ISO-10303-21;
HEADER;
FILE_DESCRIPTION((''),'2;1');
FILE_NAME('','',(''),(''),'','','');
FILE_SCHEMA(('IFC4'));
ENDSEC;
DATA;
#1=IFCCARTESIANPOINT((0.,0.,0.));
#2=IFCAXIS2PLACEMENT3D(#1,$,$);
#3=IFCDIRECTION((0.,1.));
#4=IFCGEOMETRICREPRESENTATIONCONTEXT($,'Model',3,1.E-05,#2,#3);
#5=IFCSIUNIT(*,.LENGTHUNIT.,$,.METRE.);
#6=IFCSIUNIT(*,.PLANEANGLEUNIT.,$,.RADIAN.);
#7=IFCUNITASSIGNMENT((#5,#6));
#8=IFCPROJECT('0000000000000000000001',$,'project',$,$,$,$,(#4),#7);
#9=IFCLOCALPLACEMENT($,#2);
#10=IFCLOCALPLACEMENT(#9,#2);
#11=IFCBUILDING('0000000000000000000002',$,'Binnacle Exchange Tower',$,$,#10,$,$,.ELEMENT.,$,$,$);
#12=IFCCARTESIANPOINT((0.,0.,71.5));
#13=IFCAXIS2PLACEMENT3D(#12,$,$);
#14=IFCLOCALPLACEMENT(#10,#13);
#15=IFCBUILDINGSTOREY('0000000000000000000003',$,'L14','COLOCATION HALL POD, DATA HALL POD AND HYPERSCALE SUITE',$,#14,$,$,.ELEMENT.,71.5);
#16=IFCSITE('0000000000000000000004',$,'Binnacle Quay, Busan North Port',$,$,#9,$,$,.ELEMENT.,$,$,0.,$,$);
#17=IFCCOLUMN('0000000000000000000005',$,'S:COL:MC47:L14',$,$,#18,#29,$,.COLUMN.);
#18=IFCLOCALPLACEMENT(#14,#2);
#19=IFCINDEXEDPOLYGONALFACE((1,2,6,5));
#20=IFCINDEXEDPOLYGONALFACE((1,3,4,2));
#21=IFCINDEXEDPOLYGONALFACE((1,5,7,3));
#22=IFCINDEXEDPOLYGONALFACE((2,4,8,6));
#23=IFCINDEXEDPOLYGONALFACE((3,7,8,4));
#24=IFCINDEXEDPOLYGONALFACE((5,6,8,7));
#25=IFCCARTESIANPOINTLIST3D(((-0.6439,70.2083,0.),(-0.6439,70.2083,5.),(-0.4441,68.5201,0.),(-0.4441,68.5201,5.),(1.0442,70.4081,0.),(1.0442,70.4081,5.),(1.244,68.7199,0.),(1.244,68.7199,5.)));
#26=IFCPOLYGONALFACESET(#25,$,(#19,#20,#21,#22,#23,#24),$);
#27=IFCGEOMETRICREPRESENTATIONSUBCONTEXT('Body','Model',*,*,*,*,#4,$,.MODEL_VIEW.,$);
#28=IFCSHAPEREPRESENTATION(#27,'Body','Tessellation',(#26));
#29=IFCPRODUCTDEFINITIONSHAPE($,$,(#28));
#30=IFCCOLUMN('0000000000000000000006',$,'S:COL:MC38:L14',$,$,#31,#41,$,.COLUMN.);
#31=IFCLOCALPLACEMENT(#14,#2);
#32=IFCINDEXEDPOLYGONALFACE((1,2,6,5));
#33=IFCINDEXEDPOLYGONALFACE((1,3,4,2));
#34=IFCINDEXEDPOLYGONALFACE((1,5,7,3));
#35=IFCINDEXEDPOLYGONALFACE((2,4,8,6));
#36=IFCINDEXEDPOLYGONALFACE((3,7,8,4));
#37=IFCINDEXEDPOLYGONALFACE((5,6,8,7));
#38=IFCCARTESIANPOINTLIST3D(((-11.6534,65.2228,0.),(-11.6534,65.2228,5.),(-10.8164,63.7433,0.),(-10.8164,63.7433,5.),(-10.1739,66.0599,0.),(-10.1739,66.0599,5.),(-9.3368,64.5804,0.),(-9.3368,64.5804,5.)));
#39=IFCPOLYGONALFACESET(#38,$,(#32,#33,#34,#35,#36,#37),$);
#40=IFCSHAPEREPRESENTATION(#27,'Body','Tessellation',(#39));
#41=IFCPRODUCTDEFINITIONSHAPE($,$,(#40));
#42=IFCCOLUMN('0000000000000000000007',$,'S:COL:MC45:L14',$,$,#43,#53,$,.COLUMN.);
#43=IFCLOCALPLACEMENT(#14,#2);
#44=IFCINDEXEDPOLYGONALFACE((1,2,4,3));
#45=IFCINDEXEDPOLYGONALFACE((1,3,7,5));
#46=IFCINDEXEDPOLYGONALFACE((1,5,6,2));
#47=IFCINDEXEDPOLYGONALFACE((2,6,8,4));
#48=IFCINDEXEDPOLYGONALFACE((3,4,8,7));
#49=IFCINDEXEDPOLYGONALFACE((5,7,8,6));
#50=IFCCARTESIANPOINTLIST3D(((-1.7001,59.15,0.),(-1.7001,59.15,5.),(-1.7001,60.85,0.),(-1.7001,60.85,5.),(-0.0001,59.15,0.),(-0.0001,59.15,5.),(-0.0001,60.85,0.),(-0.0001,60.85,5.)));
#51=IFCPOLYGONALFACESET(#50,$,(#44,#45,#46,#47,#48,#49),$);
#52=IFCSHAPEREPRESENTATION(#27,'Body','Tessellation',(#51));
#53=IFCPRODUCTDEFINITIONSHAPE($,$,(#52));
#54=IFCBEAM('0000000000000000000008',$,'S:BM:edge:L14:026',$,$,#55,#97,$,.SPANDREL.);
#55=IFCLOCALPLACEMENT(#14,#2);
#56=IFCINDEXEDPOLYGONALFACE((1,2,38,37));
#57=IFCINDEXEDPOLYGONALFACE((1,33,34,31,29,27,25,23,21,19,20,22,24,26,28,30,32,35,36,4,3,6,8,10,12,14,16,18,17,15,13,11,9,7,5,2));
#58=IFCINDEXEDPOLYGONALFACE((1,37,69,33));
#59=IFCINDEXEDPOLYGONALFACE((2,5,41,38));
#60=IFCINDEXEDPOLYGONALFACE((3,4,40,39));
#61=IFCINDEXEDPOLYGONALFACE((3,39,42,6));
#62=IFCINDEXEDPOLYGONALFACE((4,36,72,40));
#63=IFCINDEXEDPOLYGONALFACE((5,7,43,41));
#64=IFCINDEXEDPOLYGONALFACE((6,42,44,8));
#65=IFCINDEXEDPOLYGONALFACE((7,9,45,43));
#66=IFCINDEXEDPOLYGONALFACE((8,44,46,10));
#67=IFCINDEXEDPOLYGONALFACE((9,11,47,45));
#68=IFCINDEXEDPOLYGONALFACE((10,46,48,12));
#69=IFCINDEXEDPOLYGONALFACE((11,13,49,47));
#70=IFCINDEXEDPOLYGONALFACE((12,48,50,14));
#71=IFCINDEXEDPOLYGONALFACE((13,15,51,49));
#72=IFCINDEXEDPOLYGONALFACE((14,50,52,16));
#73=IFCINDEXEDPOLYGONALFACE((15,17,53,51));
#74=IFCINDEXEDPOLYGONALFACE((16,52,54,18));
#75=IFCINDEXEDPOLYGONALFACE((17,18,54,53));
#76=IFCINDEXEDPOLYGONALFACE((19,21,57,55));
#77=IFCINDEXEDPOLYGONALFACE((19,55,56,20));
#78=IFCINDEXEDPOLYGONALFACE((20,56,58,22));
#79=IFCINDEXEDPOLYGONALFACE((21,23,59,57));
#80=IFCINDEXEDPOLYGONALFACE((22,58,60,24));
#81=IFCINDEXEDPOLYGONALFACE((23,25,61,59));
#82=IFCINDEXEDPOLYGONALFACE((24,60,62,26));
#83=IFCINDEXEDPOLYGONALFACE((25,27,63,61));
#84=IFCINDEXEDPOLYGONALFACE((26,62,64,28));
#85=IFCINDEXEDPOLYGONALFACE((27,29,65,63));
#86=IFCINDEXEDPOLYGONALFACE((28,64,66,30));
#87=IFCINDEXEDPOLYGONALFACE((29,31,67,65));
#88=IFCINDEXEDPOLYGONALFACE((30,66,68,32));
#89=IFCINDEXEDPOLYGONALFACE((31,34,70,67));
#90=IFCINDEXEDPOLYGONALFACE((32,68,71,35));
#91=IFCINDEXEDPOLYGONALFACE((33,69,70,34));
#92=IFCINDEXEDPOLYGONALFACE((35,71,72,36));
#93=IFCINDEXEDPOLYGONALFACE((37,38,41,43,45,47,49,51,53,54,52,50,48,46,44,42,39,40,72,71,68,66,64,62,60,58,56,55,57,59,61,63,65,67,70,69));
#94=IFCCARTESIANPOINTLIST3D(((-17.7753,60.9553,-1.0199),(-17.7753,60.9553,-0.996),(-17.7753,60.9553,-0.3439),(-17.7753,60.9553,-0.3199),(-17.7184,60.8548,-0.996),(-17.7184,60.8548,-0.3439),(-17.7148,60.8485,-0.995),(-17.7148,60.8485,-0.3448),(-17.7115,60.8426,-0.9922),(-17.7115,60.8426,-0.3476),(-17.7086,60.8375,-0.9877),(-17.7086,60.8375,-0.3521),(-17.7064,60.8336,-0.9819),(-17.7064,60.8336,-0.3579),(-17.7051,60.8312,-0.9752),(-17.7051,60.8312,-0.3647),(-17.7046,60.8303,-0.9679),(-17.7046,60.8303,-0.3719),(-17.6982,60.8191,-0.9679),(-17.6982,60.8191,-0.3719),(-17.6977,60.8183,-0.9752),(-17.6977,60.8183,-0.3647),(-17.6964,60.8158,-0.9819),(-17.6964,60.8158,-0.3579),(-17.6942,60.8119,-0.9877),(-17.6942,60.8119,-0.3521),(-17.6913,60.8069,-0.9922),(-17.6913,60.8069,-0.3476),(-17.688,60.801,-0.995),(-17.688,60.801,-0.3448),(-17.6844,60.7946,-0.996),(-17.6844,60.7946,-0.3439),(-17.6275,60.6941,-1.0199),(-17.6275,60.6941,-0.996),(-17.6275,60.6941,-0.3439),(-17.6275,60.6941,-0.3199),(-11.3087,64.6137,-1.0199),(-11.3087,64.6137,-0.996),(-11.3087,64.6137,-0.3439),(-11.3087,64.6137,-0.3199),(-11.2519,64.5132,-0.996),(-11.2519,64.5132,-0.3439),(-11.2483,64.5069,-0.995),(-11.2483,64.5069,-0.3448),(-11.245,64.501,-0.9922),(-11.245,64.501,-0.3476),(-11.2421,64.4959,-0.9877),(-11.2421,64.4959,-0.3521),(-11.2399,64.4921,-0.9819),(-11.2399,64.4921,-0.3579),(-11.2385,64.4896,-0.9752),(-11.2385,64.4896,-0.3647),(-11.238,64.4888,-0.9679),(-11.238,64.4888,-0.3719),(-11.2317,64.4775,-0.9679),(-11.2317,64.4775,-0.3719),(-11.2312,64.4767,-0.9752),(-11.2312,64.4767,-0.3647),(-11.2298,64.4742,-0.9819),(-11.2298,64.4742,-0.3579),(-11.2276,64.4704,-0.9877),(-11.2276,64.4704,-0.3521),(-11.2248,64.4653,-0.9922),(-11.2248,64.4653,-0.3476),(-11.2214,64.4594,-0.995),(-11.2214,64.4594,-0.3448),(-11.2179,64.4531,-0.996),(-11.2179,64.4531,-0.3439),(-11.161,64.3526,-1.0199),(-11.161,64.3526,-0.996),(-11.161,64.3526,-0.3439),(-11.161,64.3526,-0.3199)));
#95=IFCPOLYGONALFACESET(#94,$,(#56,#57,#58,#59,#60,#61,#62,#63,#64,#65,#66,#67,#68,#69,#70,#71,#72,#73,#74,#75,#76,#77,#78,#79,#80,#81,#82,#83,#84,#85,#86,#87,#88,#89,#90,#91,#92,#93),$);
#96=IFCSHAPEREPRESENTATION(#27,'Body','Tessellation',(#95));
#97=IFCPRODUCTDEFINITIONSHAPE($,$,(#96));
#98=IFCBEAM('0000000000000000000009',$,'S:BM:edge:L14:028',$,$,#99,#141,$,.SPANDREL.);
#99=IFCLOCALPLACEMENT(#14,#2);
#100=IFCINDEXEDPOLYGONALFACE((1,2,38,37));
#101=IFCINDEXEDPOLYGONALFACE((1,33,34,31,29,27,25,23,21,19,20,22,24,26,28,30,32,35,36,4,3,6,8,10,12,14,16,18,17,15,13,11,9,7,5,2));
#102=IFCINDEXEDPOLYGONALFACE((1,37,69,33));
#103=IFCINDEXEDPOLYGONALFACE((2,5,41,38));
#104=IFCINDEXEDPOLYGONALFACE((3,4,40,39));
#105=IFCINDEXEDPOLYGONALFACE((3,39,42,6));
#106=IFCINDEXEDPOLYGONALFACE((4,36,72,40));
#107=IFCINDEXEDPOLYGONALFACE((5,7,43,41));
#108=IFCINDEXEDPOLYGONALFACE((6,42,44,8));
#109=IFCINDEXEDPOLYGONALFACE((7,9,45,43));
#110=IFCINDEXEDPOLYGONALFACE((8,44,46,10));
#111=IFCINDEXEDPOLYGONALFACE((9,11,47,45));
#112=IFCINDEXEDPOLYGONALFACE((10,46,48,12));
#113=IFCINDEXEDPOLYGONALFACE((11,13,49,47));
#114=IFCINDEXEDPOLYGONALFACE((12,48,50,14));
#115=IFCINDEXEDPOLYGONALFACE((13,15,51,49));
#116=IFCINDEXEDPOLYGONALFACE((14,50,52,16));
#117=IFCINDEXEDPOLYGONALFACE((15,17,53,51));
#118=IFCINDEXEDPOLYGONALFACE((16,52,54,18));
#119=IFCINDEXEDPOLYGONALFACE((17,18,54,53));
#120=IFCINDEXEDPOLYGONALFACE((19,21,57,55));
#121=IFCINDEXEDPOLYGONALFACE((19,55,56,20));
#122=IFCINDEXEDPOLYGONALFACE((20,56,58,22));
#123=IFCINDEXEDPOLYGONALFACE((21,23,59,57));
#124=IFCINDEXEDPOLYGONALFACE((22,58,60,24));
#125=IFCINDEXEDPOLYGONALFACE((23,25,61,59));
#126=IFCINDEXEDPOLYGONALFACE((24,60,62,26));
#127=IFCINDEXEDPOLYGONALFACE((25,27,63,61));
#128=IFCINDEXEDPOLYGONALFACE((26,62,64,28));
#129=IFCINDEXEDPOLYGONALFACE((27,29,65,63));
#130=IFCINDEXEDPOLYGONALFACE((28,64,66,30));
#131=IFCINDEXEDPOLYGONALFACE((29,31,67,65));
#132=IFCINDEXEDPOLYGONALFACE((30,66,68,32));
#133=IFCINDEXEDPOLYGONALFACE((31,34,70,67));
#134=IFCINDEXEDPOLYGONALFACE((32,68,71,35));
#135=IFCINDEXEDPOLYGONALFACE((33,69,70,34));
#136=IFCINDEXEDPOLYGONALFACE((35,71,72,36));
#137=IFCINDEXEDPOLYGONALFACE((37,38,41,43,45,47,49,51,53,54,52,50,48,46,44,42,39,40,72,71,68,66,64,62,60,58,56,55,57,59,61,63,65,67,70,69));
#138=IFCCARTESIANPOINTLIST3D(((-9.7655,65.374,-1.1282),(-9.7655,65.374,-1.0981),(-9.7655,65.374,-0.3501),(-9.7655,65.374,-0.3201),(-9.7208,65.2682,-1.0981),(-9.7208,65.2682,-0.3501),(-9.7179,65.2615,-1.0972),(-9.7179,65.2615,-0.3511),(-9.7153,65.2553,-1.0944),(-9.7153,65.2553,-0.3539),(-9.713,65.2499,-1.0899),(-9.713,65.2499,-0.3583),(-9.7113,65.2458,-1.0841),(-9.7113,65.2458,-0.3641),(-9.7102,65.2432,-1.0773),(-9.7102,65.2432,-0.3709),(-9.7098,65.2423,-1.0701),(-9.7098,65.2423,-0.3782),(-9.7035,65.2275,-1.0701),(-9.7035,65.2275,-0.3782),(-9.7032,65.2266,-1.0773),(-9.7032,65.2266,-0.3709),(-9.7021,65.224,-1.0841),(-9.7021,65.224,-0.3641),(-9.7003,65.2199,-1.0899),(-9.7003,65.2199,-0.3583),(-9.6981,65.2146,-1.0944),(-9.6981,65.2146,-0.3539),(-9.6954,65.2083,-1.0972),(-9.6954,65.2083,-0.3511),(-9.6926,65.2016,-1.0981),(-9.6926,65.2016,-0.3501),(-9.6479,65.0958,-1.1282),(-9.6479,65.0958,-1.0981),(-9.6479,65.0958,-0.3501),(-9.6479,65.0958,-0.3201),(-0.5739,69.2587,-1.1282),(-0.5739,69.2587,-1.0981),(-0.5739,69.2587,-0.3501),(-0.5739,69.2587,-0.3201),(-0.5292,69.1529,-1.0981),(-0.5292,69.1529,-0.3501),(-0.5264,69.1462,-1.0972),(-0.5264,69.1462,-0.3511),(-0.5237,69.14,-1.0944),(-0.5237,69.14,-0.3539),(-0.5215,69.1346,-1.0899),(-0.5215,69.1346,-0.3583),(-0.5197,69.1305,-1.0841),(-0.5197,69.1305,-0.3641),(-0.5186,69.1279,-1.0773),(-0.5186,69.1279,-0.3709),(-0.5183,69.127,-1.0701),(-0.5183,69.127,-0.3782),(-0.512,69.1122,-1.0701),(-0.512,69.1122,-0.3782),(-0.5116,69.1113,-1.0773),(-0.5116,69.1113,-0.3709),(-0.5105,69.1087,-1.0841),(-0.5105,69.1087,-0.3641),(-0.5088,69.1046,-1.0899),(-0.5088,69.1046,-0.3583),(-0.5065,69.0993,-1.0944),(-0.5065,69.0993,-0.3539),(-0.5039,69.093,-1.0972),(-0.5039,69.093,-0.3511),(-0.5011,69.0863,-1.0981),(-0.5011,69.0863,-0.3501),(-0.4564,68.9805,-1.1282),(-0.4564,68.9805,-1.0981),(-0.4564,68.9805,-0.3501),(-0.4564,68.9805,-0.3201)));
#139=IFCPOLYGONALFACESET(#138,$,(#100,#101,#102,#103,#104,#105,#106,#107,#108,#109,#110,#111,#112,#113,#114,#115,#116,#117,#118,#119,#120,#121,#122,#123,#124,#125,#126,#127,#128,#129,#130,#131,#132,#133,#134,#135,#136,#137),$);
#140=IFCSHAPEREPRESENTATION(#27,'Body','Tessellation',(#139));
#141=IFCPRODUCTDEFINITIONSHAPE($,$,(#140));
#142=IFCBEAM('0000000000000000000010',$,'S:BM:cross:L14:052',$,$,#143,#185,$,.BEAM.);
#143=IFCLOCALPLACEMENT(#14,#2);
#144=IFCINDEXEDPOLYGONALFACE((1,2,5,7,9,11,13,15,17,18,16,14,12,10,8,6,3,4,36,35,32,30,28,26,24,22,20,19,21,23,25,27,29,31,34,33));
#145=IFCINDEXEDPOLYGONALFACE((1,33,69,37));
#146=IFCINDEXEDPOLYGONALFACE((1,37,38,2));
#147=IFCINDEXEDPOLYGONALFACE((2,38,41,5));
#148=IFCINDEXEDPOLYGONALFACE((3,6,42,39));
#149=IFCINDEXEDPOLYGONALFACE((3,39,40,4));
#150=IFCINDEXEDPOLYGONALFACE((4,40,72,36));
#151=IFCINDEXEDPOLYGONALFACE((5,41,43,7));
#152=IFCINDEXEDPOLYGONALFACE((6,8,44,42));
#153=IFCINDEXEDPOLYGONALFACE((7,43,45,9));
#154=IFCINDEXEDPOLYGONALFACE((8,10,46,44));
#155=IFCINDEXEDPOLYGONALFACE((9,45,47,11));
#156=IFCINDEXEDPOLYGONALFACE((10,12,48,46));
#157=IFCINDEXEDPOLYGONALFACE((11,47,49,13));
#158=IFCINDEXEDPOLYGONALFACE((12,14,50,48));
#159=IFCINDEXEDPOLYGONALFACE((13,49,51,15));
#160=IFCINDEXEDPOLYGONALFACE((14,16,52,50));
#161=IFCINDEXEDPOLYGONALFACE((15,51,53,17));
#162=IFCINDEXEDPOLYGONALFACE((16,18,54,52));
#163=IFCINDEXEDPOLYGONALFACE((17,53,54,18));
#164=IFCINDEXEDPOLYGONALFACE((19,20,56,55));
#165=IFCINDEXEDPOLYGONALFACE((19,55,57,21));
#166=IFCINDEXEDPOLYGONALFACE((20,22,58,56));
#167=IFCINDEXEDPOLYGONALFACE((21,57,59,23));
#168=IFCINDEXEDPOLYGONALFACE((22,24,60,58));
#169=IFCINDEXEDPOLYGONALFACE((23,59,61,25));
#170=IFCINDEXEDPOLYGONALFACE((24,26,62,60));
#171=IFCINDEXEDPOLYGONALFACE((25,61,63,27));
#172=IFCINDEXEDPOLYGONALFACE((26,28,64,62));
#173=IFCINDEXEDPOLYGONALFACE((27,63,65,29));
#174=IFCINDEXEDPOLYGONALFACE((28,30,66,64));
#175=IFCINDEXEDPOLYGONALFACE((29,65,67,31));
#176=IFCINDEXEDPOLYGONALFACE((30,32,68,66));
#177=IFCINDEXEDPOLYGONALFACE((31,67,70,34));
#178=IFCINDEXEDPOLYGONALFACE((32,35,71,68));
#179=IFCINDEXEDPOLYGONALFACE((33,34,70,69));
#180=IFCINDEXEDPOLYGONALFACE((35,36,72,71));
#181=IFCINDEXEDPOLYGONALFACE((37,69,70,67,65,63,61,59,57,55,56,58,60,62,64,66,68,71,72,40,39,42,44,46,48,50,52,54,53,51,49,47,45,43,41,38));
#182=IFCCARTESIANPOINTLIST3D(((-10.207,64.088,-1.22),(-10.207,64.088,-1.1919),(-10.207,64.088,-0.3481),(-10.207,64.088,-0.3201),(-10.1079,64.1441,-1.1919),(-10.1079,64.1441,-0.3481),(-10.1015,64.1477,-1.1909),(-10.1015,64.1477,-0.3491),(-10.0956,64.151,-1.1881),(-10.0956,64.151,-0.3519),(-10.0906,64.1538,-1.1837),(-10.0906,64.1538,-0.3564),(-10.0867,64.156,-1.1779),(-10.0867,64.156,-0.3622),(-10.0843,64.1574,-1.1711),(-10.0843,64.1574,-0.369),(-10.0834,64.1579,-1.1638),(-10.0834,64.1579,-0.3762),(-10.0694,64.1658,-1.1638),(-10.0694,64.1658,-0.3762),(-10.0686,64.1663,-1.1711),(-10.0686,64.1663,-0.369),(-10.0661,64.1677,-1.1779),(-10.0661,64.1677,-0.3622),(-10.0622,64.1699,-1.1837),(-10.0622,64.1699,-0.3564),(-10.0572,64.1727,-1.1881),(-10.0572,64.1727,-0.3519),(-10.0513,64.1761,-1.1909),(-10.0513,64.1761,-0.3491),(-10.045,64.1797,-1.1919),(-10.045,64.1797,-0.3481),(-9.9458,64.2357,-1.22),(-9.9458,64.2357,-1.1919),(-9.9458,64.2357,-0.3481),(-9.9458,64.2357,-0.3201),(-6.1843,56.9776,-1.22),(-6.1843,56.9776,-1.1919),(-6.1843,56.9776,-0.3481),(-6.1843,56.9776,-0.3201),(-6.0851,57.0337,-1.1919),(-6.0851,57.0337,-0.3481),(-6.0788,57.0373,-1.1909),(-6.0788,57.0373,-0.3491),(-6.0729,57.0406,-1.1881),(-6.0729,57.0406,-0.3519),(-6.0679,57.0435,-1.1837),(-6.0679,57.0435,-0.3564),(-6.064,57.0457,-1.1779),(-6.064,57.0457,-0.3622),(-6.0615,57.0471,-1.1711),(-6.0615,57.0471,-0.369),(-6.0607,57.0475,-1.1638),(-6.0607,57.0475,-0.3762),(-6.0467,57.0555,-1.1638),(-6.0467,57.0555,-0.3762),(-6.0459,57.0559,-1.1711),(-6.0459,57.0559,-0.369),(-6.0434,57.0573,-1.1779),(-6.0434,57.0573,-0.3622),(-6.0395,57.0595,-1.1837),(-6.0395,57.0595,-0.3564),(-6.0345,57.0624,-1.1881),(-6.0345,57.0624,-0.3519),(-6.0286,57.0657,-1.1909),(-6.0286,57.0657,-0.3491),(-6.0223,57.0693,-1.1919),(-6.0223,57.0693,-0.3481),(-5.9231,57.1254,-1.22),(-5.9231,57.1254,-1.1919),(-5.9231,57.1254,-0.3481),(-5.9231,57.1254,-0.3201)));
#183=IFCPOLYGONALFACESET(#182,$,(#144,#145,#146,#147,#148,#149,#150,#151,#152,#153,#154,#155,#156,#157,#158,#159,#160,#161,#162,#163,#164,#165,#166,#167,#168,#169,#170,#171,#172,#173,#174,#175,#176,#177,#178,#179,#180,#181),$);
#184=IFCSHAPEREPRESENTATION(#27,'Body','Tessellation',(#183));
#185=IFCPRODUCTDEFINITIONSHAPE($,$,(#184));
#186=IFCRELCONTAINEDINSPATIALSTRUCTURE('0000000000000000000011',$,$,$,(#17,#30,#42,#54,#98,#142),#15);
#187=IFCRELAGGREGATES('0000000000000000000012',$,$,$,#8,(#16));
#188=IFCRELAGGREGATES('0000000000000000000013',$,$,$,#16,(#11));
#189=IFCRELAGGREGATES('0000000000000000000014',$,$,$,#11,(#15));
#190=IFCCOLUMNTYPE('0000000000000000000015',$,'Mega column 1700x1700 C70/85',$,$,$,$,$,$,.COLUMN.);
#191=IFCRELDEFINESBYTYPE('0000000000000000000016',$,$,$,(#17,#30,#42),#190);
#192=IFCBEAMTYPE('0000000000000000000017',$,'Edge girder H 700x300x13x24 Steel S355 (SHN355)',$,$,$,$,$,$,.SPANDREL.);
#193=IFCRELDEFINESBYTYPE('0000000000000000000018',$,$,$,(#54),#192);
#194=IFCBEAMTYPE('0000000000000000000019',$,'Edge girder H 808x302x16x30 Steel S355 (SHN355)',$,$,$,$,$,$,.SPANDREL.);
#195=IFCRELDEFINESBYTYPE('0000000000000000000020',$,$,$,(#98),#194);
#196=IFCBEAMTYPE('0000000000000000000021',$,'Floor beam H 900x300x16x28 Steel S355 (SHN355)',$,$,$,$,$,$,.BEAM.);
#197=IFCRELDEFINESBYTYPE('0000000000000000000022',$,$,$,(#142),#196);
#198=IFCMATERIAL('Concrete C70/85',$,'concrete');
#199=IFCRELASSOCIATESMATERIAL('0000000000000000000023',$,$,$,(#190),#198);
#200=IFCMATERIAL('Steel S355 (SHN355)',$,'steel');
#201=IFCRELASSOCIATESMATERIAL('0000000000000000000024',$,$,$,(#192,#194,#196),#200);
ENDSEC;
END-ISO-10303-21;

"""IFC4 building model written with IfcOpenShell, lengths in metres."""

from ifc_helpers import new_model, si_unit, direction, frame, origin, origin_2d, place, context, subcontext, project, spatial, rectangle, i_section, extrude, material, material_profile, profile_set, type_object, element, save


model = new_model("IFC4")

# Units and contexts
model_context = context("Model", 3, precision=1e-05, world=origin(), true_north=direction((0.0, 1.0)))
body_context = subcontext(model_context, "Body", "Model", "MODEL_VIEW")
ifc_project = project(units=[si_unit("LENGTHUNIT", "METRE"), si_unit("PLANEANGLEUNIT", "RADIAN")], contexts=[model_context])

# Site, building, storey
site_placement = place(None, origin())
site = spatial("IfcSite", under=ifc_project, at=site_placement, Name="Binnacle Quay, Busan North Port", CompositionType="ELEMENT", RefElevation=0.0)
building_placement = place(site_placement, origin())
building = spatial("IfcBuilding", under=site, at=building_placement, Name="Binnacle Exchange Tower", CompositionType="ELEMENT")
storey_placement = place(building_placement, frame((0.0, 0.0, 71.5)))
storey = spatial("IfcBuildingStorey", under=building, at=storey_placement, Name="L14", Description="COLOCATION HALL POD, DATA HALL POD AND HYPERSCALE SUITE", CompositionType="ELEMENT", Elevation=71.5)

# Columns
ifc_material_1 = material(Name="Concrete C70/85", Category="concrete")
ifc_material_profile_1 = material_profile(ifc_material_1, rectangle(XDim=1.7, YDim=1.7, at=origin_2d()), Name="Mega column 1700x1700 C70/85")
ifc_profile_set_1 = profile_set([ifc_material_profile_1], Name="Concrete C70/85")
column_type = type_object("IfcColumnType", Name="Mega column 1700x1700 C70/85", PredefinedType="COLUMN", material=ifc_profile_set_1)
for number, where, z_axis, x_axis, name in (
    (1, (0.3, 69.4641, 0.0), (0.0, 0.0, 1.0), (-0.993068, -0.117537, 0.0), "S:COL:MC47:L14"),
    (2, (-10.4951, 64.9016, 0.0), (0.0, 0.0, 1.0), (-0.870356, -0.492424, 0.0), "S:COL:MC38:L14"),
    (3, (-0.8501, 60.0, 0.0), (0.0, 0.0, 1.0), (0.0, 1.0, 0.0), "S:COL:MC45:L14"),
):
    element("IfcColumn", number, at=place(storey_placement, frame(where, z_axis=z_axis, x_axis=x_axis)), inside=storey, type_object=column_type, Name=name, PredefinedType="COLUMN", context=body_context, shape_type="SweptSolid", body=[
        extrude(rectangle(XDim=1.7, YDim=1.7, at=origin_2d()), origin(), (0.0, 0.0, 1.0), 5.0),
    ])

# Beams
ifc_material_2 = material(Name="Steel S355 (SHN355)", Category="steel")
ifc_material_profile_2 = material_profile(ifc_material_2, i_section(OverallWidth=0.3, OverallDepth=0.7, WebThickness=0.0129, FlangeThickness=0.0239, FilletRadius=0.0281, at=origin_2d()), Name="H 700x300x13x24")
ifc_profile_set_2 = profile_set([ifc_material_profile_2], Name="Steel S355 (SHN355)")
beam_type_1 = type_object("IfcBeamType", Name="Edge girder H 700x300x13x24 Steel S355 (SHN355)", PredefinedType="SPANDREL", material=ifc_profile_set_2)
beam_1_placement = place(storey_placement, frame((-11.2349, 64.4832, -0.6699), z_axis=(-0.870364, -0.492408, 0.0), x_axis=(0.492408, -0.870364, 0.0)))
element("IfcBeam", 4, at=beam_1_placement, inside=storey, type_object=beam_type_1, Name="S:BM:edge:L14:026", PredefinedType="SPANDREL", context=body_context, shape_type="SweptSolid", body=[
    extrude(i_section(OverallWidth=0.3, OverallDepth=0.7, WebThickness=0.0129, FlangeThickness=0.0239, FilletRadius=0.0281, at=origin_2d()), origin(), (0.0, 0.0, 1.0), 7.4297),
])
ifc_material_profile_3 = material_profile(ifc_material_2, i_section(OverallWidth=0.302, OverallDepth=0.8081, WebThickness=0.0161, FlangeThickness=0.03, FilletRadius=0.0281, at=origin_2d()), Name="H 808x302x16x30")
ifc_profile_set_3 = profile_set([ifc_material_profile_3], Name="Steel S355 (SHN355)")
beam_type_2 = type_object("IfcBeamType", Name="Edge girder H 808x302x16x30 Steel S355 (SHN355)", PredefinedType="SPANDREL", material=ifc_profile_set_3)
beam_2_placement = place(storey_placement, frame((-0.5151, 69.1196, -0.7241), z_axis=(-0.921111, -0.389299, 0.0), x_axis=(0.389299, -0.921111, 0.0)))
element("IfcBeam", 5, at=beam_2_placement, inside=storey, type_object=beam_type_2, Name="S:BM:edge:L14:028", PredefinedType="SPANDREL", context=body_context, shape_type="SweptSolid", body=[
    extrude(i_section(OverallWidth=0.302, OverallDepth=0.8081, WebThickness=0.0161, FlangeThickness=0.03, FilletRadius=0.0281, at=origin_2d()), origin(), (0.0, 0.0, 1.0), 9.9788),
])
ifc_material_profile_4 = material_profile(ifc_material_2, i_section(OverallWidth=0.3, OverallDepth=0.8999, WebThickness=0.0161, FlangeThickness=0.0281, FilletRadius=0.0281, at=origin_2d()), Name="H 900x300x16x28")
ifc_profile_set_4 = profile_set([ifc_material_profile_4], Name="Steel S355 (SHN355)")
beam_type_3 = type_object("IfcBeamType", Name="Floor beam H 900x300x16x28 Steel S355 (SHN355)", PredefinedType="BEAM", material=ifc_profile_set_4)
beam_3_placement = place(storey_placement, frame((-10.0764, 64.1619, -0.77), z_axis=(0.492411, -0.870363, 0.0), x_axis=(0.870363, 0.492411, 0.0)))
element("IfcBeam", 6, at=beam_3_placement, inside=storey, type_object=beam_type_3, Name="S:BM:cross:L14:052", PredefinedType="BEAM", context=body_context, shape_type="SweptSolid", body=[
    extrude(i_section(OverallWidth=0.3, OverallDepth=0.8999, WebThickness=0.0161, FlangeThickness=0.0281, FilletRadius=0.0281, at=origin_2d()), origin(), (0.0, 0.0, 1.0), 8.1694),
])

save(model, "model.ifc")
